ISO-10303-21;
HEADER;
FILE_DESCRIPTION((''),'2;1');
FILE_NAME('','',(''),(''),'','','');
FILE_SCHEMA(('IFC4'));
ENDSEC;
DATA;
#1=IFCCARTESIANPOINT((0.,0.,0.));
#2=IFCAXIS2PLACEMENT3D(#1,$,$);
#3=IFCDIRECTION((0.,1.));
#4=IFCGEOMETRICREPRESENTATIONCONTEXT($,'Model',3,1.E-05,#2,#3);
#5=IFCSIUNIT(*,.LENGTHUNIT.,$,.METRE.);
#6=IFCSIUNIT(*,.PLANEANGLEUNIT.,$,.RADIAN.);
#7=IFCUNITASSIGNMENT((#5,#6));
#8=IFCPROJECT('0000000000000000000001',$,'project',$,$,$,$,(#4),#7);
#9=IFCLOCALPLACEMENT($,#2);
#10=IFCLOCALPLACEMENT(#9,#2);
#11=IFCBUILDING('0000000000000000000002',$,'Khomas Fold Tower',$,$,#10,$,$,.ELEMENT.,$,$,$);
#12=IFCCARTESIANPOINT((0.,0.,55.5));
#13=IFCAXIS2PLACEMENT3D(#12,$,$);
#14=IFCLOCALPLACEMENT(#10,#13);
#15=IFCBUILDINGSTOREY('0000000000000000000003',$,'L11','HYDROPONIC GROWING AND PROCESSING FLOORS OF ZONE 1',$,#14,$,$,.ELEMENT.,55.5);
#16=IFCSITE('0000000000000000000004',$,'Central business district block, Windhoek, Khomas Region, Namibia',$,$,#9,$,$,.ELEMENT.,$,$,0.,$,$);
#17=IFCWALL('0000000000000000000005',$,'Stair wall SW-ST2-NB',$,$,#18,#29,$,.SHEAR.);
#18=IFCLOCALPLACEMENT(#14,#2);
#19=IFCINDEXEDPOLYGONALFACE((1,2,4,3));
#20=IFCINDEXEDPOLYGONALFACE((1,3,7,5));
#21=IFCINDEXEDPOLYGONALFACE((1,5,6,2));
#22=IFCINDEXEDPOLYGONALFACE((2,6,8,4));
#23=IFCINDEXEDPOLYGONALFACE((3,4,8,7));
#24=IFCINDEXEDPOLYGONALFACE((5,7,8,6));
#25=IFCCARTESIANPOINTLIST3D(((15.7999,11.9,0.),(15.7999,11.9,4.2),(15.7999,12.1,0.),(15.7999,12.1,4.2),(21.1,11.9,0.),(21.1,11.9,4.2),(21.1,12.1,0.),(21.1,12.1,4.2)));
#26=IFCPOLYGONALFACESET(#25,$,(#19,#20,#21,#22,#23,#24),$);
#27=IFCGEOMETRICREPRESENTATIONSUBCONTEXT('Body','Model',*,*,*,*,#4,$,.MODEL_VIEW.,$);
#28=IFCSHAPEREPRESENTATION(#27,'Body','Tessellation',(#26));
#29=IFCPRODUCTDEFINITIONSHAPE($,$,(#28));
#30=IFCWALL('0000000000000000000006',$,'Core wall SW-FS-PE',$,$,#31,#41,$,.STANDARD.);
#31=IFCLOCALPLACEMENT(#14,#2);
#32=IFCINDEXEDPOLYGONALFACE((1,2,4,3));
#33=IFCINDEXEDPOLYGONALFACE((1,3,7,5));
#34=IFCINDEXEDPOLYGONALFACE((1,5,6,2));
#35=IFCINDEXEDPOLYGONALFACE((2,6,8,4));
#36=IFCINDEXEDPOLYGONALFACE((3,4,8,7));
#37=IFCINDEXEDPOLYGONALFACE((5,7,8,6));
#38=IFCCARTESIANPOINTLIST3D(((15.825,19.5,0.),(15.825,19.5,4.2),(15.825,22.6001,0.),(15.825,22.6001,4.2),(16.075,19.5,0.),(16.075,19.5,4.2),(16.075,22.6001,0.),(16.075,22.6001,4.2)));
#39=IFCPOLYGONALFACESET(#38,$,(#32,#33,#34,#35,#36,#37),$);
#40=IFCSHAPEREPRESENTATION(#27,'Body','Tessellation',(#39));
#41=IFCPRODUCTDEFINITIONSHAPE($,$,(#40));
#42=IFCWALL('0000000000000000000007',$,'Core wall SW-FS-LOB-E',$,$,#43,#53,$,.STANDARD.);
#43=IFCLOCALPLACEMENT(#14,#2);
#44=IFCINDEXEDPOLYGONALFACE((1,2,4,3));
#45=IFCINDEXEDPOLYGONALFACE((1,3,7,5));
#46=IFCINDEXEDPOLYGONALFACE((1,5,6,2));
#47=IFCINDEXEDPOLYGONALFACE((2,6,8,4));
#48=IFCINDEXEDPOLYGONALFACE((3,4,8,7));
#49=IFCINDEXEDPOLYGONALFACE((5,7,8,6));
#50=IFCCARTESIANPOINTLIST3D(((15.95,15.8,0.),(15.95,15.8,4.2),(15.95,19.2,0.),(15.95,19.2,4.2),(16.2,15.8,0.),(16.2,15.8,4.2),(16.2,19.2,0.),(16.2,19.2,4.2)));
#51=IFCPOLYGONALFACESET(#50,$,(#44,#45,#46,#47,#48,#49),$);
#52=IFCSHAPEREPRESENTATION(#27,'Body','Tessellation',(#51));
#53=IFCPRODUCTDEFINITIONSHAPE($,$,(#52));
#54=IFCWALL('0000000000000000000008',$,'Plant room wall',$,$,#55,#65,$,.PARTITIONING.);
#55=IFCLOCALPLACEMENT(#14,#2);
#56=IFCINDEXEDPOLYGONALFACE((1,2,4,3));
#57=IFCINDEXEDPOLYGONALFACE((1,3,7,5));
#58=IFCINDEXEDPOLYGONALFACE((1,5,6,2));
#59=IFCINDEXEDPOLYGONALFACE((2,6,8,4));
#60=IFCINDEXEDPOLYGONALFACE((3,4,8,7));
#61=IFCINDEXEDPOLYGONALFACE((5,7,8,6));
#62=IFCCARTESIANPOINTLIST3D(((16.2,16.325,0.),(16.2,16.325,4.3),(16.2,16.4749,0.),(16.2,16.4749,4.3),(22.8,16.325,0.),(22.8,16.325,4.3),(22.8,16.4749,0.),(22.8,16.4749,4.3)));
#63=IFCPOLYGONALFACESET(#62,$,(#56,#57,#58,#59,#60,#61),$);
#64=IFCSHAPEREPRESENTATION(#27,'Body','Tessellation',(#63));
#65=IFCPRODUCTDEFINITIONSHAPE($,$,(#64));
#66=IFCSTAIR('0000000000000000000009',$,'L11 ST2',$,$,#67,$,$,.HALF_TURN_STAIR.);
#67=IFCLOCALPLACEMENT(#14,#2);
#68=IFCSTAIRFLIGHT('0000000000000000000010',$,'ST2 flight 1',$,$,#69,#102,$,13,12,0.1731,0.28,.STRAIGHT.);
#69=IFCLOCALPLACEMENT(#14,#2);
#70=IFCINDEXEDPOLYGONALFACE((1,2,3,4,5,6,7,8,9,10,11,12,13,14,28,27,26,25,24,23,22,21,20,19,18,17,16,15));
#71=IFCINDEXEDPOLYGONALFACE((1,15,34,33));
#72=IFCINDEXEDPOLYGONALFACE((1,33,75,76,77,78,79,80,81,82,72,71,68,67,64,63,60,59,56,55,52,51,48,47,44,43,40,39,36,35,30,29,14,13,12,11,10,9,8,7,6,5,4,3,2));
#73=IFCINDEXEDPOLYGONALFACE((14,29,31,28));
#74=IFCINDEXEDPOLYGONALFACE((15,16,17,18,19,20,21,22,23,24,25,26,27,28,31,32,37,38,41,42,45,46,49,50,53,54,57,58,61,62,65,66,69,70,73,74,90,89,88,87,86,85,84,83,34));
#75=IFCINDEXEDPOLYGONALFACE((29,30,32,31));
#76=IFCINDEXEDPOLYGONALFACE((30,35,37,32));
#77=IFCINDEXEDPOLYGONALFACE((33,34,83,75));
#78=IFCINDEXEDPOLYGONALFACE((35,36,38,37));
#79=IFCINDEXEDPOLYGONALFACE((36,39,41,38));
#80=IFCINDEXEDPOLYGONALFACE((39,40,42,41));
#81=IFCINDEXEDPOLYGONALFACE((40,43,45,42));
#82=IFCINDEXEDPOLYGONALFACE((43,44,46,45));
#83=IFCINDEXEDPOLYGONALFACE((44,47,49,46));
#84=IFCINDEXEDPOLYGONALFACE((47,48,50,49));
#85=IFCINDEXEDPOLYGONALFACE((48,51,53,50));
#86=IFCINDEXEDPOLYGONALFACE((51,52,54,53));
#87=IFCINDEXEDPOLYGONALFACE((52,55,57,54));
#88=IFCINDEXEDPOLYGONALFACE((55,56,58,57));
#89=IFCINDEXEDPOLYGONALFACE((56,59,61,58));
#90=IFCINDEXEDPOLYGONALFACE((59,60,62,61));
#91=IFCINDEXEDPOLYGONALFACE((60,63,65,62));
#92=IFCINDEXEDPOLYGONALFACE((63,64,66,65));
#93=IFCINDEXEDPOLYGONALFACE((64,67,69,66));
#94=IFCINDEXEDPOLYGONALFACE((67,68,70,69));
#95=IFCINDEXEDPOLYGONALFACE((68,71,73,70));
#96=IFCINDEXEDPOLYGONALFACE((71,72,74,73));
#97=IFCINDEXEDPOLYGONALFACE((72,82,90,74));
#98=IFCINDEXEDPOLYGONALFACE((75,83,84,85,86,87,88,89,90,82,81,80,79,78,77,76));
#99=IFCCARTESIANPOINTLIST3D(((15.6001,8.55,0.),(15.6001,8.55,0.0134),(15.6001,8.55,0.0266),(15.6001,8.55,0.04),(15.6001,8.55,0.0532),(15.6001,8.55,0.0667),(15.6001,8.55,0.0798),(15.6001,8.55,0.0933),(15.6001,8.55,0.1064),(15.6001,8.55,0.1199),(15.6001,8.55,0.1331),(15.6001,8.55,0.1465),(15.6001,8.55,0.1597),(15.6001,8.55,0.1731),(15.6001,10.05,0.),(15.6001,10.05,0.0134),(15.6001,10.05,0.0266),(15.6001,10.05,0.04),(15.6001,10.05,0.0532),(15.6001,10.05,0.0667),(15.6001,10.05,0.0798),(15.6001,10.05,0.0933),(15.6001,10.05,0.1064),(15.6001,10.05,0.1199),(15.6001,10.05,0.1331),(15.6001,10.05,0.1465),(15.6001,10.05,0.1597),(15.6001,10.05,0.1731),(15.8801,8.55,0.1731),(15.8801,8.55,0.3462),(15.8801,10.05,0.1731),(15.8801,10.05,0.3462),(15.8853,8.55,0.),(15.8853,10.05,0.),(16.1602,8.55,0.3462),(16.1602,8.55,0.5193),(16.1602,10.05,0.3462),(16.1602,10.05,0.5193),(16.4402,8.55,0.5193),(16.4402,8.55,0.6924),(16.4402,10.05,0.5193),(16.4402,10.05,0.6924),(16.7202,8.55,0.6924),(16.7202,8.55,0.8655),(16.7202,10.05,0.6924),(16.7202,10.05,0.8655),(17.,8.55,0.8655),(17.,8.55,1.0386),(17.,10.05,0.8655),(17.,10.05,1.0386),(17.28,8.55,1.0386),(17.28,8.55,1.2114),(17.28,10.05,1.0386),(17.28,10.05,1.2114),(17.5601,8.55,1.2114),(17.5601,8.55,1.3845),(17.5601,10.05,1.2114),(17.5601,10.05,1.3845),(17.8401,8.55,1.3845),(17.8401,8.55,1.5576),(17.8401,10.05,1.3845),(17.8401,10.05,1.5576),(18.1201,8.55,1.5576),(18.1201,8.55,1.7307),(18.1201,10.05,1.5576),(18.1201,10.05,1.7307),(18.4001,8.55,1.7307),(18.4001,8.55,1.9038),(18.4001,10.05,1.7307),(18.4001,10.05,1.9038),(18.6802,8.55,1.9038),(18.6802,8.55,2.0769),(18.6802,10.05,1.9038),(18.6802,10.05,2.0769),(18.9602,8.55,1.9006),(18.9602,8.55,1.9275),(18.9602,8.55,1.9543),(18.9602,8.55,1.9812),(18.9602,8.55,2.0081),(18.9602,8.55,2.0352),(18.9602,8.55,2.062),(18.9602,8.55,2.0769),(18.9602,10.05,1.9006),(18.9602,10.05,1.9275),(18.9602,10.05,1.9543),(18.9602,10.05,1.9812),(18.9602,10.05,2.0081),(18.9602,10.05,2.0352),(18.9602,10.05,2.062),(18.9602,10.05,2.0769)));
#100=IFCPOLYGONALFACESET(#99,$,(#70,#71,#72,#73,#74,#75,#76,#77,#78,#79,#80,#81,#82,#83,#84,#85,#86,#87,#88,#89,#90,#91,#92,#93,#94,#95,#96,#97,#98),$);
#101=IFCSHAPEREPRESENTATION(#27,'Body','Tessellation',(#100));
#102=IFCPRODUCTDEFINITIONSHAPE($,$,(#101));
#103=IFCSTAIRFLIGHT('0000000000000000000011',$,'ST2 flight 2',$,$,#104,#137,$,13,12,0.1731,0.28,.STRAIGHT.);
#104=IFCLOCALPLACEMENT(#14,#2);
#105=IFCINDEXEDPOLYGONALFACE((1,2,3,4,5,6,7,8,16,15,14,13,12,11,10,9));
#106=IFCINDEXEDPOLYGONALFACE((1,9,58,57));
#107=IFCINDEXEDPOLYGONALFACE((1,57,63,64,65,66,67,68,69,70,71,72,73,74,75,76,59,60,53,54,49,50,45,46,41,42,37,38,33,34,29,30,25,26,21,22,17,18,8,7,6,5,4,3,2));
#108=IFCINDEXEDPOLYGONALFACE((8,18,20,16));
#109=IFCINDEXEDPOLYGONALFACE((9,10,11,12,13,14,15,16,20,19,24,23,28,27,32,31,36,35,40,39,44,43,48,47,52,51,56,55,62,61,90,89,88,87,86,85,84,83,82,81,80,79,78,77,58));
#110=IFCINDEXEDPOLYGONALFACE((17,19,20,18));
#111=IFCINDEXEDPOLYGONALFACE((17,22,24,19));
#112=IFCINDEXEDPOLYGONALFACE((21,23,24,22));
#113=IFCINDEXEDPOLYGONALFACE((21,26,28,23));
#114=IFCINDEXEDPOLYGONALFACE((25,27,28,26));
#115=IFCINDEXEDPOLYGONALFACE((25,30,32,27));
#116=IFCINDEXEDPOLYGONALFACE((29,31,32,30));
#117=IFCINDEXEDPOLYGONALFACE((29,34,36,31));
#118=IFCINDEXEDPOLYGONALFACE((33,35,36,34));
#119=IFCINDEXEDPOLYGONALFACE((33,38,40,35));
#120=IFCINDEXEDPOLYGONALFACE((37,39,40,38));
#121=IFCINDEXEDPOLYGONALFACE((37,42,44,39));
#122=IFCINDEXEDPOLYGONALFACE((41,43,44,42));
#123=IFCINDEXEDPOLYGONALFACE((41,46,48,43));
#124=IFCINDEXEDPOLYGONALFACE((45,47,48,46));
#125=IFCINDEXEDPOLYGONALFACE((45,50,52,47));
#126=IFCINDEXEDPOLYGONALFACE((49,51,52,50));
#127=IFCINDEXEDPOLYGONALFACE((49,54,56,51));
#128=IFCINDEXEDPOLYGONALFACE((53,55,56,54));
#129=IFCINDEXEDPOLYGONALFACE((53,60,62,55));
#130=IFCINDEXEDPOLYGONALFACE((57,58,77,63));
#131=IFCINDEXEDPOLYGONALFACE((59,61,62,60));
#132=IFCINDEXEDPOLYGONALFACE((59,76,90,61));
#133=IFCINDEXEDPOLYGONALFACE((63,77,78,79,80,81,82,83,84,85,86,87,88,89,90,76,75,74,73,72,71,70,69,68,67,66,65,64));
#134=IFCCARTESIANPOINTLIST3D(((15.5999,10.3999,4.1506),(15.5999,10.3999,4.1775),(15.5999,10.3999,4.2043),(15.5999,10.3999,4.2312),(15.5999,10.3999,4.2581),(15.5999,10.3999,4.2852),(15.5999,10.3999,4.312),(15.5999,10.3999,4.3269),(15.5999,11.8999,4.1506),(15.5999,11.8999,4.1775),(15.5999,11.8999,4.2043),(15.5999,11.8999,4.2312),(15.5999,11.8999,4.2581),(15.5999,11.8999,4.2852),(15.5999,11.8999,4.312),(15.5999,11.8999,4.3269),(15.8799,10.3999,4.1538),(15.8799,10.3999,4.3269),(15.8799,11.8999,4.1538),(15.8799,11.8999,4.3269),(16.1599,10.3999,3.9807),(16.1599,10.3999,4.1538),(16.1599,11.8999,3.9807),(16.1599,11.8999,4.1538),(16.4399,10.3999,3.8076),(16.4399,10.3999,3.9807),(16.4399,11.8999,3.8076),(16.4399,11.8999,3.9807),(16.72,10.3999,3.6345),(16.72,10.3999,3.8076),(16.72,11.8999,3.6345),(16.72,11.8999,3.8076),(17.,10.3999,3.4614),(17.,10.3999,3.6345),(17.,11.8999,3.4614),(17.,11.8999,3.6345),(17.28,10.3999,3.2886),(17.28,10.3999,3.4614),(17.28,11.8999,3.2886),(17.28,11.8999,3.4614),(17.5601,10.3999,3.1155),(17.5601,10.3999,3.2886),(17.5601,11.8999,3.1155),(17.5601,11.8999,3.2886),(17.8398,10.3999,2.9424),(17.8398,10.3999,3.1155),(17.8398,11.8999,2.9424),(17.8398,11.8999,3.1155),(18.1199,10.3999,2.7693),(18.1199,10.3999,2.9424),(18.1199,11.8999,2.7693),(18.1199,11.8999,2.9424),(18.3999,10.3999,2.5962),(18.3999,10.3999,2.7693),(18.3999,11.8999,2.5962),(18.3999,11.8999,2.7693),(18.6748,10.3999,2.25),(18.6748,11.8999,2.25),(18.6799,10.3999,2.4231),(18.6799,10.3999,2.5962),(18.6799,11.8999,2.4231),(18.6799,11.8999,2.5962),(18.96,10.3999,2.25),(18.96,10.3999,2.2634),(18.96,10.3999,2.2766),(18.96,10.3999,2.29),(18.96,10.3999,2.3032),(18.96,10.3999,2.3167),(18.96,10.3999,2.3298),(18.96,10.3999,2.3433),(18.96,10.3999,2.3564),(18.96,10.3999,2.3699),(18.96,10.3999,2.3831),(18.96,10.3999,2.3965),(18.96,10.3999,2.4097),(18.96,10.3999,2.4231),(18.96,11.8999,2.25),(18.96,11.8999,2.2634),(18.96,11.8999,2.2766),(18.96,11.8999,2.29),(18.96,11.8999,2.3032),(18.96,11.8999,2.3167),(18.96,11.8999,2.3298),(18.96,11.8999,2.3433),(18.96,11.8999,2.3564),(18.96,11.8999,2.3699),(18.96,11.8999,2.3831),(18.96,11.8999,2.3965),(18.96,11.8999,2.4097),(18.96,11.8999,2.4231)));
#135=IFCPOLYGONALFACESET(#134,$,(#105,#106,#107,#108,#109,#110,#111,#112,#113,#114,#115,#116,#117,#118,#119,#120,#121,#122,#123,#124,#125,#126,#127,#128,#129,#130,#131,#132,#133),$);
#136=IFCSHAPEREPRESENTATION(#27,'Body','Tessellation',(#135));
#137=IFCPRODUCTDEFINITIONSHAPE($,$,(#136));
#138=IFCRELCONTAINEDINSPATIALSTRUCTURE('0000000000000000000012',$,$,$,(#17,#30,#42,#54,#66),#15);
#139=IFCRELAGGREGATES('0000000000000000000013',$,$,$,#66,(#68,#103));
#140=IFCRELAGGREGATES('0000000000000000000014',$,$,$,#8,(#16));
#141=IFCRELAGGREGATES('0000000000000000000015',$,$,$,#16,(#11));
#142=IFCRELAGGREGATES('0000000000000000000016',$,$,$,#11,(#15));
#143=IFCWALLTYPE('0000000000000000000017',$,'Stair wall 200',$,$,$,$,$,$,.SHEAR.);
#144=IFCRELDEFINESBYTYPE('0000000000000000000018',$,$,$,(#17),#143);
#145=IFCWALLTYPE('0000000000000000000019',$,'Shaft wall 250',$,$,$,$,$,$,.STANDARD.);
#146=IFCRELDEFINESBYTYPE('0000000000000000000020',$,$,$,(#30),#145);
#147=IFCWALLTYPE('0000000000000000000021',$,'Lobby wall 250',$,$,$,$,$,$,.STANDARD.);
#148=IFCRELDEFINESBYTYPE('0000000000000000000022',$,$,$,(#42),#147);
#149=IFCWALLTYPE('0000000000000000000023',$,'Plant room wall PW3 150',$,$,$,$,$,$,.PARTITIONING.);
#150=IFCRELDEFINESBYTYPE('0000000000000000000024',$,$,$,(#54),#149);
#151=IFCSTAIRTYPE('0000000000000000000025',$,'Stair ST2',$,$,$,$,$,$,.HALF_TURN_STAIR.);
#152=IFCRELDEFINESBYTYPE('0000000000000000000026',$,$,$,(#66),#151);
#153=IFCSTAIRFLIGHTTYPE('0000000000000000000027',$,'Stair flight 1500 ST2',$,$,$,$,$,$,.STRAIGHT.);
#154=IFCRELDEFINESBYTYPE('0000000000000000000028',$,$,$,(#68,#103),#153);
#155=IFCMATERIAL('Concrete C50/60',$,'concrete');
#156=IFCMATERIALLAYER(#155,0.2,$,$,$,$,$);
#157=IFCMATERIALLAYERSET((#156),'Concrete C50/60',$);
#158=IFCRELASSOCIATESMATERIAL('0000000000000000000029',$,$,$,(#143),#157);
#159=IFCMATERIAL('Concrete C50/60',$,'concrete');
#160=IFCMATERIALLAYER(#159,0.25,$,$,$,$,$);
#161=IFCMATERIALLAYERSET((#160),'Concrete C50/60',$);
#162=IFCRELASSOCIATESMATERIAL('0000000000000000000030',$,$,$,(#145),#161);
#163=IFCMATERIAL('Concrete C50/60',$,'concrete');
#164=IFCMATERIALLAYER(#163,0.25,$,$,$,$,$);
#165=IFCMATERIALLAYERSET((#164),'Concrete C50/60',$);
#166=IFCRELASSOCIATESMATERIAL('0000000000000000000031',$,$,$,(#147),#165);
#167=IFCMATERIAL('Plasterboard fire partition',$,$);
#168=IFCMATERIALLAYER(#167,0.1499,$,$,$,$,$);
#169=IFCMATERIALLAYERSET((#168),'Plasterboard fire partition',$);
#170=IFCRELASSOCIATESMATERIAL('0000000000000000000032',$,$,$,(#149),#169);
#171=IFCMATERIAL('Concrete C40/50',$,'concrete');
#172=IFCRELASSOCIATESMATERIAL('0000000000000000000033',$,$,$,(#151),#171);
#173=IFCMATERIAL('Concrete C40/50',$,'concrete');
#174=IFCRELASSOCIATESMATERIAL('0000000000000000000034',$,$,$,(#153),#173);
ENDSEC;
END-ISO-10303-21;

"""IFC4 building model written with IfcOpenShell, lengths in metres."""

from ifc_helpers import new_model, si_unit, direction, frame, frame_2d, origin, place, context, subcontext, project, spatial, polyline, rectangle, outline, extrude, source, transform, mapped, material, layer, layer_set, type_object, element, aggregate, save


model = new_model("IFC4")

# Units and contexts
model_context = context("Model", 3, precision=1e-05, world=origin(), true_north=direction((0.0, 1.0)))
body_context = subcontext(model_context, "Body", "Model", "MODEL_VIEW")
ifc_project = project(units=[si_unit("LENGTHUNIT", "METRE"), si_unit("PLANEANGLEUNIT", "RADIAN")], contexts=[model_context])

# Site, building, storey
site_placement = place(None, origin())
site = spatial("IfcSite", under=ifc_project, at=site_placement, Name="Central business district block, Windhoek, Khomas Region, Namibia", CompositionType="ELEMENT", RefElevation=0.0)
building_placement = place(site_placement, origin())
building = spatial("IfcBuilding", under=site, at=building_placement, Name="Khomas Fold Tower", CompositionType="ELEMENT")
storey_placement = place(building_placement, frame((0.0, 0.0, 55.5)))
storey = spatial("IfcBuildingStorey", under=building, at=storey_placement, Name="L11", Description="HYDROPONIC GROWING AND PROCESSING FLOORS OF ZONE 1", CompositionType="ELEMENT", Elevation=55.5)

# Walls
ifc_material_1 = material(Name="Concrete C50/60", Category="concrete")
ifc_layer_1 = layer(ifc_material_1, 0.2)
ifc_layer_set_1 = layer_set([ifc_layer_1], Name="Concrete C50/60")
wall_type_1 = type_object("IfcWallType", Name="Stair wall 200", PredefinedType="SHEAR", material=ifc_layer_set_1)
shared_shape_1 = source(origin(), body_context, "Body", "SweptSolid", [
    extrude(rectangle(XDim=5.3, YDim=0.2, at=frame_2d((2.6499, 0.0))), origin(), (0.0, 0.0, 1.0), 4.2),
])
wall_1_placement = place(storey_placement, frame((15.8, 12.0, 0.0), z_axis=(0.0, 0.0, 1.0), x_axis=(1.0, 0.0, 0.0)))
element("IfcWall", 1, at=wall_1_placement, inside=storey, type_object=wall_type_1, Name="Stair wall SW-ST2-NB", PredefinedType="SHEAR", context=body_context, shape_type="MappedRepresentation", body=[
    mapped(shared_shape_1, transform((0.0, 0.0, 0.0))),
])
ifc_material_2 = material(Name="Concrete C50/60", Category="concrete")
ifc_layer_2 = layer(ifc_material_2, 0.25)
ifc_layer_set_2 = layer_set([ifc_layer_2], Name="Concrete C50/60")
wall_type_2 = type_object("IfcWallType", Name="Shaft wall 250", PredefinedType="STANDARD", material=ifc_layer_set_2)
shared_shape_2 = source(origin(), body_context, "Body", "SweptSolid", [
    extrude(rectangle(XDim=3.1001, YDim=0.25, at=frame_2d((1.55, 0.0))), origin(), (0.0, 0.0, 1.0), 4.2),
])
wall_2_placement = place(storey_placement, frame((15.95, 19.5, 0.0), z_axis=(0.0, 0.0, 1.0), x_axis=(0.0, 1.0, 0.0)))
element("IfcWall", 2, at=wall_2_placement, inside=storey, type_object=wall_type_2, Name="Core wall SW-FS-PE", PredefinedType="STANDARD", context=body_context, shape_type="MappedRepresentation", body=[
    mapped(shared_shape_2, transform((0.0, 0.0, 0.0))),
])
ifc_material_3 = material(Name="Concrete C50/60", Category="concrete")
ifc_layer_3 = layer(ifc_material_3, 0.25)
ifc_layer_set_3 = layer_set([ifc_layer_3], Name="Concrete C50/60")
wall_type_3 = type_object("IfcWallType", Name="Lobby wall 250", PredefinedType="STANDARD", material=ifc_layer_set_3)
shared_shape_3 = source(origin(), body_context, "Body", "SweptSolid", [
    extrude(rectangle(XDim=3.3999, YDim=0.25, at=frame_2d((1.7, 0.0))), origin(), (0.0, 0.0, 1.0), 4.2),
])
wall_3_placement = place(storey_placement, frame((16.075, 15.8, 0.0), z_axis=(0.0, 0.0, 1.0), x_axis=(0.0, 1.0, 0.0)))
element("IfcWall", 3, at=wall_3_placement, inside=storey, type_object=wall_type_3, Name="Core wall SW-FS-LOB-E", PredefinedType="STANDARD", context=body_context, shape_type="MappedRepresentation", body=[
    mapped(shared_shape_3, transform((0.0, 0.0, 0.0))),
])
ifc_material_4 = material(Name="Plasterboard fire partition")
ifc_layer_4 = layer(ifc_material_4, 0.1499)
ifc_layer_set_4 = layer_set([ifc_layer_4], Name="Plasterboard fire partition")
wall_type_4 = type_object("IfcWallType", Name="Plant room wall PW3 150", PredefinedType="PARTITIONING", material=ifc_layer_set_4)
shared_shape_4 = source(origin(), body_context, "Body", "SweptSolid", [
    extrude(rectangle(XDim=6.6001, YDim=0.1499, at=frame_2d((3.3, 0.0))), origin(), (0.0, 0.0, 1.0), 4.3),
])
wall_4_placement = place(storey_placement, frame((16.2, 16.3999, 0.0), z_axis=(0.0, 0.0, 1.0), x_axis=(1.0, 0.0, 0.0)))
element("IfcWall", 4, at=wall_4_placement, inside=storey, type_object=wall_type_4, Name="Plant room wall", PredefinedType="PARTITIONING", context=body_context, shape_type="MappedRepresentation", body=[
    mapped(shared_shape_4, transform((0.0, 0.0, 0.0))),
])

# Stair, stair flights
ifc_material_5 = material(Name="Concrete C40/50", Category="concrete")
stair_type = type_object("IfcStairType", Name="Stair ST2", PredefinedType="HALF_TURN_STAIR", material=ifc_material_5)
stair_placement = place(storey_placement, origin())
stair = element("IfcStair", 5, at=stair_placement, inside=storey, type_object=stair_type, Name="L11 ST2", PredefinedType="HALF_TURN_STAIR")
ifc_material_6 = material(Name="Concrete C40/50", Category="concrete")
stair_flight_type = type_object("IfcStairFlightType", Name="Stair flight 1500 ST2", PredefinedType="STRAIGHT", material=ifc_material_6)
shared_shape_5 = source(origin(), body_context, "Body", "SweptSolid", [
    extrude(outline(polyline([(0.0, 0.0), (0.0, 0.0134), (0.0, 0.0266), (0.0, 0.04), (0.0, 0.0532), (0.0, 0.0667), (0.0, 0.0798), (0.0, 0.0933), (0.0, 0.1064), (0.0, 0.1199), (0.0, 0.1331), (0.0, 0.1465), (0.0, 0.1597), (0.0, 0.1731), (0.28, 0.1731), (0.28, 0.3462), (0.5601, 0.3462), (0.5601, 0.5193), (0.8401, 0.5193), (0.8401, 0.6924), (1.1201, 0.6924), (1.1201, 0.8655), (1.3999, 0.8655), (1.3999, 1.0386), (1.6799, 1.0386), (1.6799, 1.2114), (1.96, 1.2114), (1.96, 1.3845), (2.24, 1.3845), (2.24, 1.5576), (2.52, 1.5576), (2.52, 1.7307), (2.8, 1.7307), (2.8, 1.9038), (3.0801, 1.9038), (3.0801, 2.0769), (3.3601, 2.0769), (3.3601, 2.25), (3.3601, 2.2231), (3.3601, 2.1963), (3.3601, 2.1694), (3.3601, 2.1426), (3.3601, 2.1157), (3.3601, 2.0889), (3.3601, 2.062), (3.3601, 2.0352), (3.3601, 2.0081), (3.3601, 1.9812), (3.3601, 1.9543), (3.3601, 1.9275), (3.3601, 1.9006), (0.2852, 0.0), (0.0, 0.0)])), frame((0.0, 0.75, 0.0), z_axis=(0.0, -1.0, 0.0), x_axis=(1.0, 0.0, 0.0)), (0.0, 0.0, 1.0), 1.5),
])
stair_flight_1_placement = place(storey_placement, frame((15.6001, 9.3, 0.0), z_axis=(0.0, 0.0, 1.0), x_axis=(1.0, 0.0, 0.0)))
stair_flight_1 = element("IfcStairFlight", 6, at=stair_flight_1_placement, type_object=stair_flight_type, Name="ST2 flight 1", NumberOfRisers=13, NumberOfTreads=12, PredefinedType="STRAIGHT", RiserHeight=0.1731, TreadLength=0.28, context=body_context, shape_type="MappedRepresentation", body=[
    mapped(shared_shape_5, transform((0.0, 0.0, 0.0))),
])
stair_flight_2_placement = place(storey_placement, frame((18.96, 11.1499, 2.25), z_axis=(0.0, 0.0, 1.0), x_axis=(-1.0, 0.0, 0.0)))
stair_flight_2 = element("IfcStairFlight", 7, at=stair_flight_2_placement, type_object=stair_flight_type, Name="ST2 flight 2", NumberOfRisers=13, NumberOfTreads=12, PredefinedType="STRAIGHT", RiserHeight=0.1731, TreadLength=0.28, context=body_context, shape_type="MappedRepresentation", body=[
    mapped(shared_shape_5, transform((0.0, 0.0, 0.0))),
])
aggregate(stair, [stair_flight_1, stair_flight_2])

save(model, "model.ifc")
